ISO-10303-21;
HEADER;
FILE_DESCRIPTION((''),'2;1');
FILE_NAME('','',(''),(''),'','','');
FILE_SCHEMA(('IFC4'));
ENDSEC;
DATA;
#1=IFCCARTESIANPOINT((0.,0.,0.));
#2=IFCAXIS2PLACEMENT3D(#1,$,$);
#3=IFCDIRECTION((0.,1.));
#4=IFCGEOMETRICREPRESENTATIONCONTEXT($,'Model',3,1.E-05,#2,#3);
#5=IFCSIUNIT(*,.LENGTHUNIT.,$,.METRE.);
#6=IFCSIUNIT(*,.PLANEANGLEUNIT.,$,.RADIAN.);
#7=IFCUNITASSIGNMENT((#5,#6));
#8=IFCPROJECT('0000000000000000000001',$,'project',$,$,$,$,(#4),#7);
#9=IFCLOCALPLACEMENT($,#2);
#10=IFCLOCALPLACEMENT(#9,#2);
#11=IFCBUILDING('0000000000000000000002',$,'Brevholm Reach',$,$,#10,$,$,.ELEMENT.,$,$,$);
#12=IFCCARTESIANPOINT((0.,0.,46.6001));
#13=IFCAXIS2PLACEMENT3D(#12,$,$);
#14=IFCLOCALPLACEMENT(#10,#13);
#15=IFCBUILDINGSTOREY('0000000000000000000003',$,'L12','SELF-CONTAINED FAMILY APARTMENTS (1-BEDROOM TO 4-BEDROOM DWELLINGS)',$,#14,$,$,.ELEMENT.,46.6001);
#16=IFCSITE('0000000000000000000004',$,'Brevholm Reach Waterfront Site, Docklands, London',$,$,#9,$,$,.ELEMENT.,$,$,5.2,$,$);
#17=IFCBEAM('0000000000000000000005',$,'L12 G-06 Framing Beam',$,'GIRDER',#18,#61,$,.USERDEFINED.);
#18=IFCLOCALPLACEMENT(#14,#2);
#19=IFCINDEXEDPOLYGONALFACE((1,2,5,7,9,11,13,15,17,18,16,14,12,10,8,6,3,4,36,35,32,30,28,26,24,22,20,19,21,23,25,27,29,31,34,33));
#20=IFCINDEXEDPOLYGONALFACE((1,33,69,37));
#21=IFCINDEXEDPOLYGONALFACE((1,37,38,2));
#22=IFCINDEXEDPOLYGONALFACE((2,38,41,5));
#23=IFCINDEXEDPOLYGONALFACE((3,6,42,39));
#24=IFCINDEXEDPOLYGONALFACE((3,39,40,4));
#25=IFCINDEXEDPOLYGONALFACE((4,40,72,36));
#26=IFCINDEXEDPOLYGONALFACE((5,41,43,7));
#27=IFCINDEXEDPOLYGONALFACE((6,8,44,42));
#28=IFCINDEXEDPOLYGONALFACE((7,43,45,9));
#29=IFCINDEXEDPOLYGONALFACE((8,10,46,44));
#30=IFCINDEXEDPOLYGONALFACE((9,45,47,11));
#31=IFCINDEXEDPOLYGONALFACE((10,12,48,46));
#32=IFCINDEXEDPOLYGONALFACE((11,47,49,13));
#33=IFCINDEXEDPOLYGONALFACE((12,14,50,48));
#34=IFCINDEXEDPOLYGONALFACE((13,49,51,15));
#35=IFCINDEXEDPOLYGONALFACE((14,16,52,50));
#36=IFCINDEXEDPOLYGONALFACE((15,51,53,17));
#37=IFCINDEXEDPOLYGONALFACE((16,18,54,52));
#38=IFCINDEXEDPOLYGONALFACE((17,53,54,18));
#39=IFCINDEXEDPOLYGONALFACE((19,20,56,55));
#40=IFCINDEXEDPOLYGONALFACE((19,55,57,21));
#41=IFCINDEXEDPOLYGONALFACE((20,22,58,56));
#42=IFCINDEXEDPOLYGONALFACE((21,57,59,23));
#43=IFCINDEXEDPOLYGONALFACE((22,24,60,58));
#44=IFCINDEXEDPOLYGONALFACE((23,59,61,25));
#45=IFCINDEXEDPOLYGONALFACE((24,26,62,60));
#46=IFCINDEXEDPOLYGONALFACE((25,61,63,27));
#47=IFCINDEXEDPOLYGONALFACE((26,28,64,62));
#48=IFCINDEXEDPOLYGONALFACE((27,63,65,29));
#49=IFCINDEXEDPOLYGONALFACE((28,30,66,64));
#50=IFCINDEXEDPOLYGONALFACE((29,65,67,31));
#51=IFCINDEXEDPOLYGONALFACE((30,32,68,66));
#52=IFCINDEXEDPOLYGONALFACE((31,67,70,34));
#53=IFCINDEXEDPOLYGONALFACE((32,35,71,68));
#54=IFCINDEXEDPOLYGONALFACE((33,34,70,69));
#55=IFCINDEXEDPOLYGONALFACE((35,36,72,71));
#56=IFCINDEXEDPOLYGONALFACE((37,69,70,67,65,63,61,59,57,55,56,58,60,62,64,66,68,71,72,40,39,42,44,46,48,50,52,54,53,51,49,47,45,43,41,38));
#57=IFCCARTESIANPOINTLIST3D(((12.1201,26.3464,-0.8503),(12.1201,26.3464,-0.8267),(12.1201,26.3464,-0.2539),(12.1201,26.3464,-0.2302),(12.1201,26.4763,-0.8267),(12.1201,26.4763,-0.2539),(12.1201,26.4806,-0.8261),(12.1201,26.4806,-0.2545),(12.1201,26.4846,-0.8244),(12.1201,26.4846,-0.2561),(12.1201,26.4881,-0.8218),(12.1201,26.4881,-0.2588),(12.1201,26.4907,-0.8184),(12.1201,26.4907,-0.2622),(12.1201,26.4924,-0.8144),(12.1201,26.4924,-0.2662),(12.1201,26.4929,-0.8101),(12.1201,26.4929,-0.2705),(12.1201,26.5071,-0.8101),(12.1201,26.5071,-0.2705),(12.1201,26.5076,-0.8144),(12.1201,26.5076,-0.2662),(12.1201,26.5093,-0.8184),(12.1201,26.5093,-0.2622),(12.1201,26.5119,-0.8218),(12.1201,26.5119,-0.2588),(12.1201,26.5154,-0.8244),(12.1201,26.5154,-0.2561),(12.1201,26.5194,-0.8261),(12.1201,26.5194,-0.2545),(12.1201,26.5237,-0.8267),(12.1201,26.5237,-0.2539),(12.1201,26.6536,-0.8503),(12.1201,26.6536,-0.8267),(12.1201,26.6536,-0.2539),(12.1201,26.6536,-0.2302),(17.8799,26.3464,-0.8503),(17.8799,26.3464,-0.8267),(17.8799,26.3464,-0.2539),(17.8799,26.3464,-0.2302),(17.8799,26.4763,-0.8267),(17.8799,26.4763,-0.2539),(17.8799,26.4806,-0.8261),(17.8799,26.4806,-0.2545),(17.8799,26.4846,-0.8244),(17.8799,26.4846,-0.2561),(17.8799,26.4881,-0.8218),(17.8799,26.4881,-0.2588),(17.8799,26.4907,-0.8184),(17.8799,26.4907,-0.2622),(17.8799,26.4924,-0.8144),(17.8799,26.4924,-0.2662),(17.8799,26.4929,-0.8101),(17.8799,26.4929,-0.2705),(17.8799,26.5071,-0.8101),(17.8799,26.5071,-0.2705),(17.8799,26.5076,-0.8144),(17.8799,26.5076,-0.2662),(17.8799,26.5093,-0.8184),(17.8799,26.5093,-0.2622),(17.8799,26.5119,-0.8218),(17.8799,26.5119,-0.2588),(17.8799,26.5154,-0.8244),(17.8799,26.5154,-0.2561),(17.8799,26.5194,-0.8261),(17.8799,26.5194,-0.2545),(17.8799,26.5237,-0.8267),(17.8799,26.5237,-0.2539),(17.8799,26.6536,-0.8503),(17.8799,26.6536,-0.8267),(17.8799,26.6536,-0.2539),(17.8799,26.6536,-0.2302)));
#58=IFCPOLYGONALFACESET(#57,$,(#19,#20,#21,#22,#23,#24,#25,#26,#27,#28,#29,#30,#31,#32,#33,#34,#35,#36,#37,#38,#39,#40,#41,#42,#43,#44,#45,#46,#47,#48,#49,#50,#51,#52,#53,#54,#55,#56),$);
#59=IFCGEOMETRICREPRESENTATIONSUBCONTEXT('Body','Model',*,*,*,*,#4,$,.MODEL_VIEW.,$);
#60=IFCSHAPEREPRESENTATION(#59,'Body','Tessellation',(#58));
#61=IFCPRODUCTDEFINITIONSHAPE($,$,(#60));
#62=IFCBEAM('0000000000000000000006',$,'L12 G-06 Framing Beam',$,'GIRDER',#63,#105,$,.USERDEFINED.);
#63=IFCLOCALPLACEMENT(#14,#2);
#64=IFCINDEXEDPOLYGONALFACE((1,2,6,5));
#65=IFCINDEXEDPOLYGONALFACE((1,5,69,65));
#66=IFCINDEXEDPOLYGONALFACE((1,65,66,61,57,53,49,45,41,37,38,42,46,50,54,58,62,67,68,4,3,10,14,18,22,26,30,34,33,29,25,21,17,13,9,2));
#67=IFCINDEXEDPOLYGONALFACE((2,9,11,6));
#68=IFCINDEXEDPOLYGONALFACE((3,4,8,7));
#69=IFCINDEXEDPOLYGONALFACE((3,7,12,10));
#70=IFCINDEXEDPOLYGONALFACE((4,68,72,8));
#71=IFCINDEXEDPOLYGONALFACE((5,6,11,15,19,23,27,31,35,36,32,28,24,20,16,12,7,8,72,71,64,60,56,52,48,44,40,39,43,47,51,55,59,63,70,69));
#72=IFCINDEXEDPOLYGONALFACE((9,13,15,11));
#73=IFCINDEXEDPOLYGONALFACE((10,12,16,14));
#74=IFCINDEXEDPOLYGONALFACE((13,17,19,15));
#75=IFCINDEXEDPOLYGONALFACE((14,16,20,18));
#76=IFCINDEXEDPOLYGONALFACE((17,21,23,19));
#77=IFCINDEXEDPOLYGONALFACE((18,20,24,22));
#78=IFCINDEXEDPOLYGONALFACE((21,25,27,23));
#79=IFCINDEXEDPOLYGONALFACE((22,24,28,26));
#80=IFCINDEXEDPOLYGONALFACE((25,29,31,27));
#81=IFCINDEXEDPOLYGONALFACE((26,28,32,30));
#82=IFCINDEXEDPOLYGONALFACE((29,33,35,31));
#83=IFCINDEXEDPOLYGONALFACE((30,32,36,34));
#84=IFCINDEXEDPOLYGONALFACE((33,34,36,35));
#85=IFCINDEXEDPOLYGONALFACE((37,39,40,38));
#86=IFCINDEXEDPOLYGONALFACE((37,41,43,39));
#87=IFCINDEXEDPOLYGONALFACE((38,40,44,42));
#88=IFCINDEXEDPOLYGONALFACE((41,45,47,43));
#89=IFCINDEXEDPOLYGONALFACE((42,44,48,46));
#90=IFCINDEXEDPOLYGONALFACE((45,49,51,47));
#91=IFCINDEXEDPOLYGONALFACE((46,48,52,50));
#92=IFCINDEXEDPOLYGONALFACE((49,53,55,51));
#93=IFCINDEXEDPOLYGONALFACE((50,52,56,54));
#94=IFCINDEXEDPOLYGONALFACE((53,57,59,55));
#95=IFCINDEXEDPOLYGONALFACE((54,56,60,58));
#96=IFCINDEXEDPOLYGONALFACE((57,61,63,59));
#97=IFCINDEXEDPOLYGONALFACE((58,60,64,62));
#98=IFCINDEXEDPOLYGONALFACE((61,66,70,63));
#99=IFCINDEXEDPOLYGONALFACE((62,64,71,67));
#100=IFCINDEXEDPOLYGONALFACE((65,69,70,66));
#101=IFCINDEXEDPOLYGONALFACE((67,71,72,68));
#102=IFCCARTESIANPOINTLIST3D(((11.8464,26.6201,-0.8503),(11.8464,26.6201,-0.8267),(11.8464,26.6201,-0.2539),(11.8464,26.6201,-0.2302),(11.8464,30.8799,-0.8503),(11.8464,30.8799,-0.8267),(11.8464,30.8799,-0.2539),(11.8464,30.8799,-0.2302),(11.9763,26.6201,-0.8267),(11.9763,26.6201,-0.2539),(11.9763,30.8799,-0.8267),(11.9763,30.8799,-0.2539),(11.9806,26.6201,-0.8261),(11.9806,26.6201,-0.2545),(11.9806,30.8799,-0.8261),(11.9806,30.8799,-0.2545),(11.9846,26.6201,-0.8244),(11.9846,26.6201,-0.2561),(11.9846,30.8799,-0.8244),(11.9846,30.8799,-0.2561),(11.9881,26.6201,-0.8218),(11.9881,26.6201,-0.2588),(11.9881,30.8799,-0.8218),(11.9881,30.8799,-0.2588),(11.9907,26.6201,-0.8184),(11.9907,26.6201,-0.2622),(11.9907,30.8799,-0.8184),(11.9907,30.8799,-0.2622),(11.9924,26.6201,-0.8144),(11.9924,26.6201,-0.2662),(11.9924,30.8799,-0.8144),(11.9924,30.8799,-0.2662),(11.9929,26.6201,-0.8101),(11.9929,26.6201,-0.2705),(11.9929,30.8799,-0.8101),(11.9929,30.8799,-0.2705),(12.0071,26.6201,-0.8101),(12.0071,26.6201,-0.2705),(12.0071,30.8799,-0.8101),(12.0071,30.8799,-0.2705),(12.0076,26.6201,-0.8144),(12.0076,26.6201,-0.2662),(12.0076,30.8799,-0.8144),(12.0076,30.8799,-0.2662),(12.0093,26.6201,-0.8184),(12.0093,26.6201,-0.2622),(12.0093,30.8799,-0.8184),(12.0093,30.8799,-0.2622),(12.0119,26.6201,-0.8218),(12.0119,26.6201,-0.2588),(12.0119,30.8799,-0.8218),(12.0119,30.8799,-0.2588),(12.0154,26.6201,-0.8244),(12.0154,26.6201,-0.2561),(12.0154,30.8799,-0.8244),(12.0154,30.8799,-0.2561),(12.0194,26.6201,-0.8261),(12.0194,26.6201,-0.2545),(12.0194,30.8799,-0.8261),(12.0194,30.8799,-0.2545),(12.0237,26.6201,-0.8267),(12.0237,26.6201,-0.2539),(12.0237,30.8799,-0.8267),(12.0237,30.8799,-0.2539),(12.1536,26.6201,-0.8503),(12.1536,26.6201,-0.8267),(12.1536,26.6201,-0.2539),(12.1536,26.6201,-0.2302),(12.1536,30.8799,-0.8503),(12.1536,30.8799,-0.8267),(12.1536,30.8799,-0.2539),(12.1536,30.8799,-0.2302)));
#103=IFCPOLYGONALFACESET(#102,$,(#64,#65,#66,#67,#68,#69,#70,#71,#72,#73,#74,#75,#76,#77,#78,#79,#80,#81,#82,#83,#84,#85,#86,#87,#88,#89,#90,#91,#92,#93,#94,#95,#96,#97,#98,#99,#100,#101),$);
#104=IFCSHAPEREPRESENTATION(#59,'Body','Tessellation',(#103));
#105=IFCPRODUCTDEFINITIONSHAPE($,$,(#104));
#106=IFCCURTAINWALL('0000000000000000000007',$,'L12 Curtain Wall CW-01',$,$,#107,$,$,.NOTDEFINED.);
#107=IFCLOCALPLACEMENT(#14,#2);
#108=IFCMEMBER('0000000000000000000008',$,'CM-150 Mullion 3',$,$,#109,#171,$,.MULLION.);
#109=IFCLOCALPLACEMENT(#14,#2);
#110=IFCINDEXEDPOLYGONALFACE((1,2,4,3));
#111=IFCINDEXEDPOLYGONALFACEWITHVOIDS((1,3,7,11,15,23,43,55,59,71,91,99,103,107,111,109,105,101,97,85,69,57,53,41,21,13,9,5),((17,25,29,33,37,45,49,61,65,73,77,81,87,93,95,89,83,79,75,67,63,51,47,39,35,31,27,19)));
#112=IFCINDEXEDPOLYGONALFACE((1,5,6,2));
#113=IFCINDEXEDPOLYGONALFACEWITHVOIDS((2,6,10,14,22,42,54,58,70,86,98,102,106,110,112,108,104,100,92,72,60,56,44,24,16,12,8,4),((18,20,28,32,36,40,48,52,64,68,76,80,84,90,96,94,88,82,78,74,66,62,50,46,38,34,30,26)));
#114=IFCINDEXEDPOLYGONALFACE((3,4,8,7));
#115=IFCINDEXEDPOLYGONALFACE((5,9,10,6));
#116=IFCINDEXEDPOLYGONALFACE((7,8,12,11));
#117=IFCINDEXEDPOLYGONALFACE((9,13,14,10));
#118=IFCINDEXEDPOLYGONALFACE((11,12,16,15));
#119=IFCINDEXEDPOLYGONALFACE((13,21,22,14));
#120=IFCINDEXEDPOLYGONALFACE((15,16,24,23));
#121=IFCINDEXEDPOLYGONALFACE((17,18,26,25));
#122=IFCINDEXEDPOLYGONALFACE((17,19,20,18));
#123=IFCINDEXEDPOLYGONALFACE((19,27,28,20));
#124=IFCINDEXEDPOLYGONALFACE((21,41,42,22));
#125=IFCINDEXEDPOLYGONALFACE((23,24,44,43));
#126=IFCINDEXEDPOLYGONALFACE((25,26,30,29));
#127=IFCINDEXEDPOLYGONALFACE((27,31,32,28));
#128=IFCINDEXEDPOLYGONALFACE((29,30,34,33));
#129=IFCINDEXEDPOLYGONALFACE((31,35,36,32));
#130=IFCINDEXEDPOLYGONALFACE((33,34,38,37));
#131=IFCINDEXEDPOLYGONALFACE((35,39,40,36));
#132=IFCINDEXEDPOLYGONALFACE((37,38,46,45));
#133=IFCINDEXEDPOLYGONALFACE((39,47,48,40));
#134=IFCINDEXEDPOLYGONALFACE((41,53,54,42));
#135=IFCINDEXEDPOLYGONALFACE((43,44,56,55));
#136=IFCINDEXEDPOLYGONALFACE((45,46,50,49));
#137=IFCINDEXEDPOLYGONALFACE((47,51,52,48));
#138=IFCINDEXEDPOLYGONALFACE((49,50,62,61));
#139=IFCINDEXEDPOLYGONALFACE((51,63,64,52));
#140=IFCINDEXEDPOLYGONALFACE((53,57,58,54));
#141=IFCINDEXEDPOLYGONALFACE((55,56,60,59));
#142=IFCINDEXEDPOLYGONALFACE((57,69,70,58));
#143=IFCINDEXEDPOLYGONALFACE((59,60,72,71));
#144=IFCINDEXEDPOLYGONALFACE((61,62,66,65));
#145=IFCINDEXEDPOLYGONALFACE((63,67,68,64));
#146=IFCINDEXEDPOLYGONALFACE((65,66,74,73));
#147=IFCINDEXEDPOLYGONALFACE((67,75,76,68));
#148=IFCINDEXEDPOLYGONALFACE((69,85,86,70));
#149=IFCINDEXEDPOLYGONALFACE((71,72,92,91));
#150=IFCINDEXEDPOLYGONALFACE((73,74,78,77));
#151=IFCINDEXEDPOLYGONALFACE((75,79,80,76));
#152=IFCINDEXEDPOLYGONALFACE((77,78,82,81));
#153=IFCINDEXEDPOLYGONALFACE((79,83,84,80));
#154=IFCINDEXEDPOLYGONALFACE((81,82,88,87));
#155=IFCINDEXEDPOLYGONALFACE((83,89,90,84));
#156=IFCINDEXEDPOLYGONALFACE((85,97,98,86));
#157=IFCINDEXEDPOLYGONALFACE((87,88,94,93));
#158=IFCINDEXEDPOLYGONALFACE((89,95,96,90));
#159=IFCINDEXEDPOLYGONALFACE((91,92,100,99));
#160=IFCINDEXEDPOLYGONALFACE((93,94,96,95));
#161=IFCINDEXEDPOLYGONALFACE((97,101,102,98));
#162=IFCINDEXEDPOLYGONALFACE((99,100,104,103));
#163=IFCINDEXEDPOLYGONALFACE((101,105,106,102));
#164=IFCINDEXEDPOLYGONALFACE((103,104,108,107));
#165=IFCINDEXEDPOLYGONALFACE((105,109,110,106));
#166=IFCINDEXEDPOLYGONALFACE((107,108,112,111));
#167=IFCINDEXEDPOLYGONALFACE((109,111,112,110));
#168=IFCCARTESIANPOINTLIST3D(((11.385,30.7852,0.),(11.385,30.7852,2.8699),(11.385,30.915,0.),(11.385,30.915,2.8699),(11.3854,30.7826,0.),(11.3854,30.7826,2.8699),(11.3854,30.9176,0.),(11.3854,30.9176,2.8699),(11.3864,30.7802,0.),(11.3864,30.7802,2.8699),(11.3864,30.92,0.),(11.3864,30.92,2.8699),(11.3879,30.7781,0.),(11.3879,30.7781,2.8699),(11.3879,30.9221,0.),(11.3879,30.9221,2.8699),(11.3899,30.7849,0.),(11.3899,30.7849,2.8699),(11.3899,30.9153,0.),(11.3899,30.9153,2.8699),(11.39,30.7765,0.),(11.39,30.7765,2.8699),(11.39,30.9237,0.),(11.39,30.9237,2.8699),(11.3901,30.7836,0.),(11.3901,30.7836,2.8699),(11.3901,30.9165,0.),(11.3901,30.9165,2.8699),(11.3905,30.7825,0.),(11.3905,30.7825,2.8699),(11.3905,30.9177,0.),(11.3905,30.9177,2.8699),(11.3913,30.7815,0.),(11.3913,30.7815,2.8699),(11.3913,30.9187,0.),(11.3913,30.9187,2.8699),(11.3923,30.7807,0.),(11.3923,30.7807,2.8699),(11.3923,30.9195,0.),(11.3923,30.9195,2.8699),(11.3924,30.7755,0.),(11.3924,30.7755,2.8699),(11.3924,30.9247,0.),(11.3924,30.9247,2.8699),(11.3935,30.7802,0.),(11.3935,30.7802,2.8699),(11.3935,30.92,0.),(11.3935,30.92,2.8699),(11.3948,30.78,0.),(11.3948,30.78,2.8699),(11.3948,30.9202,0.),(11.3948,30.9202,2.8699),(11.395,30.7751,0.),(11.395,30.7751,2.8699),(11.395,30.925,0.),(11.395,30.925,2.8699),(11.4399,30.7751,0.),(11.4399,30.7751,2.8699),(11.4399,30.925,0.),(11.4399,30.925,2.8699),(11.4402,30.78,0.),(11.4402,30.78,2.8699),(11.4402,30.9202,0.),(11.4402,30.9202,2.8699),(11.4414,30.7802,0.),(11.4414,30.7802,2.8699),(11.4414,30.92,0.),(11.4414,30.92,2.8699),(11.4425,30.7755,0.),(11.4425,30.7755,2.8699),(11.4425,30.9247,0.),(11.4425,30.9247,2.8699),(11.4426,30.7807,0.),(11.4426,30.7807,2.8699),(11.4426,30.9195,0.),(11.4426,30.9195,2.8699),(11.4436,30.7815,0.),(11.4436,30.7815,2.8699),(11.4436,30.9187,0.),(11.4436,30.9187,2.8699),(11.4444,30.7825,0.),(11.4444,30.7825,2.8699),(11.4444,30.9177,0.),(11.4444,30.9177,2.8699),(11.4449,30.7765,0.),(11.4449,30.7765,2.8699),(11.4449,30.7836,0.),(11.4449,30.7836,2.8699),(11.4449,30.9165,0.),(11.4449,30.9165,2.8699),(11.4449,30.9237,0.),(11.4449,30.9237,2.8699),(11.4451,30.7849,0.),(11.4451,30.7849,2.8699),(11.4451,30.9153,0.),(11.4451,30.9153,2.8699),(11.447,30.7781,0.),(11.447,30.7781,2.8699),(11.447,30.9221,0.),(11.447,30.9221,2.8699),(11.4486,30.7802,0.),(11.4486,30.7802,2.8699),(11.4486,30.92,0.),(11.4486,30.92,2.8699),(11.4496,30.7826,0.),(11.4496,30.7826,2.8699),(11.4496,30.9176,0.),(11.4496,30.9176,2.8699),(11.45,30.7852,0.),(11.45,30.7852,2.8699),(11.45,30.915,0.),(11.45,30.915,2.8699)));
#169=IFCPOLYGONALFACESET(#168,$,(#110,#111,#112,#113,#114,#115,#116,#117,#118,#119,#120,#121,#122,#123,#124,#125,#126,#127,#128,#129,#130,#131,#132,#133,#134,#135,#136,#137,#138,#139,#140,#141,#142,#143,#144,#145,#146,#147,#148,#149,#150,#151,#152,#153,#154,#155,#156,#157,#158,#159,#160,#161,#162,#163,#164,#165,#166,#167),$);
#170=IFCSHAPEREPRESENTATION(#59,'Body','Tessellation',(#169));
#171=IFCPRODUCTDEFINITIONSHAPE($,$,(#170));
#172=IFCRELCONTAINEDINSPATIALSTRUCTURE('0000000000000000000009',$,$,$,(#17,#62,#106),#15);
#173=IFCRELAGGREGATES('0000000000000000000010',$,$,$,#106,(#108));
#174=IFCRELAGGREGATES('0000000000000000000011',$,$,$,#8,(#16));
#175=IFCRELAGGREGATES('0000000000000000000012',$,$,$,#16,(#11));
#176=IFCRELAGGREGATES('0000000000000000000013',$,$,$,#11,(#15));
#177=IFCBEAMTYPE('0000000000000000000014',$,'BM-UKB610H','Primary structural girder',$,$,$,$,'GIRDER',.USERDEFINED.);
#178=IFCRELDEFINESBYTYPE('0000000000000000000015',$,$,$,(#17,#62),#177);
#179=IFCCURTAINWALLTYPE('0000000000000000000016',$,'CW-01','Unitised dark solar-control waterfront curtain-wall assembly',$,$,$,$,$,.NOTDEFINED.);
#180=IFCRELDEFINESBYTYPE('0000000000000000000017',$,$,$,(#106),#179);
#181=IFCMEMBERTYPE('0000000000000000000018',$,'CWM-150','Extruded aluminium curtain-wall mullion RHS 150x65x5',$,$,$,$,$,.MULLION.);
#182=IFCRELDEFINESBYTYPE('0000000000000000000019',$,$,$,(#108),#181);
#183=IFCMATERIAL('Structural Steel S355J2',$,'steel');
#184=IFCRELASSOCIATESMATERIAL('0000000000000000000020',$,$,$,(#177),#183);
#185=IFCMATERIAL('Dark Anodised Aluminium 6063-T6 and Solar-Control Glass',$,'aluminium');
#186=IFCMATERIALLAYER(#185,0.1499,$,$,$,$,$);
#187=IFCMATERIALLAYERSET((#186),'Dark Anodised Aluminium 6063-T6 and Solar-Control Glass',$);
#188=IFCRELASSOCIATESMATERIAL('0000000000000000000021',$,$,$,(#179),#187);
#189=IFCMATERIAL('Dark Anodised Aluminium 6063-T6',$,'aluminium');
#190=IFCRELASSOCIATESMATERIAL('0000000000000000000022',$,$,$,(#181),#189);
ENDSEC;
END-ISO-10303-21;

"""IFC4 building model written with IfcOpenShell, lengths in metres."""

from ifc_helpers import new_model, si_unit, direction, frame, origin, origin_2d, place, context, subcontext, project, spatial, hollow_rectangle, i_section, extrude, material, layer, layer_set, material_profile, profile_set, type_object, element, aggregate, save


model = new_model("IFC4")

# Units and contexts
model_context = context("Model", 3, precision=1e-05, world=origin(), true_north=direction((0.0, 1.0)))
body_context = subcontext(model_context, "Body", "Model", "MODEL_VIEW")
ifc_project = project(units=[si_unit("LENGTHUNIT", "METRE"), si_unit("PLANEANGLEUNIT", "RADIAN")], contexts=[model_context])

# Site, building, storey
site_placement = place(None, origin())
site = spatial("IfcSite", under=ifc_project, at=site_placement, Name="Brevholm Reach Waterfront Site, Docklands, London", CompositionType="ELEMENT", RefElevation=5.2)
building_placement = place(site_placement, origin())
building = spatial("IfcBuilding", under=site, at=building_placement, Name="Brevholm Reach", CompositionType="ELEMENT")
storey_placement = place(building_placement, frame((0.0, 0.0, 46.6001)))
storey = spatial("IfcBuildingStorey", under=building, at=storey_placement, Name="L12", Description="SELF-CONTAINED FAMILY APARTMENTS (1-BEDROOM TO 4-BEDROOM DWELLINGS)", CompositionType="ELEMENT", Elevation=46.6001)

# Beams
ifc_material_1 = material(Name="Structural Steel S355J2", Category="steel")
ifc_material_profile_1 = material_profile(ifc_material_1, i_section(OverallWidth=0.3071, OverallDepth=0.6201, WebThickness=0.0142, FlangeThickness=0.0237, FilletRadius=0.0166, at=origin_2d()), Name="UKB 610x305x179")
ifc_profile_set_1 = profile_set([ifc_material_profile_1], Name="Structural Steel S355J2")
beam_type_1 = type_object("IfcBeamType", Name="BM-UKB610H", Description="Primary structural girder", ElementType="GIRDER", PredefinedType="USERDEFINED", material=ifc_profile_set_1)
beam_1_placement = place(storey_placement, frame((12.1201, 26.5, -0.5403), z_axis=(1.0, 0.0, 0.0), x_axis=(0.0, 1.0, 0.0)))
element("IfcBeam", 1, at=beam_1_placement, inside=storey, type_object=beam_type_1, Name="L12 G-06 Framing Beam", ObjectType="GIRDER", PredefinedType="USERDEFINED", context=body_context, shape_type="SweptSolid", body=[
    extrude(i_section(OverallWidth=0.3071, OverallDepth=0.6201, WebThickness=0.0142, FlangeThickness=0.0237, FilletRadius=0.0166, at=origin_2d()), origin(), (0.0, 0.0, 1.0), 5.7598),
])
beam_2_placement = place(storey_placement, frame((12.0, 26.6201, -0.5403), z_axis=(0.0, 1.0, 0.0), x_axis=(-1.0, 0.0, 0.0)))
element("IfcBeam", 2, at=beam_2_placement, inside=storey, type_object=beam_type_1, Name="L12 G-06 Framing Beam", ObjectType="GIRDER", PredefinedType="USERDEFINED", context=body_context, shape_type="SweptSolid", body=[
    extrude(i_section(OverallWidth=0.3071, OverallDepth=0.6201, WebThickness=0.0142, FlangeThickness=0.0237, FilletRadius=0.0166, at=origin_2d()), origin(), (0.0, 0.0, 1.0), 4.2598),
])

# Curtain wall, member
ifc_material_2 = material(Name="Dark Anodised Aluminium 6063-T6 and Solar-Control Glass", Category="aluminium")
ifc_layer_1 = layer(ifc_material_2, 0.1499)
ifc_layer_set_1 = layer_set([ifc_layer_1], Name="Dark Anodised Aluminium 6063-T6 and Solar-Control Glass")
curtain_wall_type = type_object("IfcCurtainWallType", Name="CW-01", Description="Unitised dark solar-control waterfront curtain-wall assembly", PredefinedType="NOTDEFINED", material=ifc_layer_set_1)
curtain_wall_placement = place(storey_placement, origin())
curtain_wall = element("IfcCurtainWall", 3, at=curtain_wall_placement, inside=storey, type_object=curtain_wall_type, Name="L12 Curtain Wall CW-01", PredefinedType="NOTDEFINED")
ifc_material_3 = material(Name="Dark Anodised Aluminium 6063-T6", Category="aluminium")
ifc_material_profile_2 = material_profile(ifc_material_3, hollow_rectangle(XDim=0.0649, YDim=0.1499, WallThickness=0.0049, InnerFilletRadius=0.0049, OuterFilletRadius=0.01, at=origin_2d()), Name="RHS 150x65x5")
ifc_profile_set_2 = profile_set([ifc_material_profile_2], Name="Dark Anodised Aluminium 6063-T6")
member_type_1 = type_object("IfcMemberType", Name="CWM-150", Description="Extruded aluminium curtain-wall mullion RHS 150x65x5", PredefinedType="MULLION", material=ifc_profile_set_2)
member_1_placement = place(storey_placement, frame((11.4175, 30.8501, 0.0), z_axis=(0.0, 0.0, 1.0), x_axis=(1.0, 0.0, 0.0)))
member_1 = element("IfcMember", 4, at=member_1_placement, type_object=member_type_1, Name="CM-150 Mullion 3", PredefinedType="MULLION", context=body_context, shape_type="SweptSolid", body=[
    extrude(hollow_rectangle(XDim=0.0649, YDim=0.1499, WallThickness=0.0049, InnerFilletRadius=0.0049, OuterFilletRadius=0.01, at=origin_2d()), origin(), (0.0, 0.0, 1.0), 2.8699),
])
aggregate(curtain_wall, [member_1])

save(model, "model.ifc")
